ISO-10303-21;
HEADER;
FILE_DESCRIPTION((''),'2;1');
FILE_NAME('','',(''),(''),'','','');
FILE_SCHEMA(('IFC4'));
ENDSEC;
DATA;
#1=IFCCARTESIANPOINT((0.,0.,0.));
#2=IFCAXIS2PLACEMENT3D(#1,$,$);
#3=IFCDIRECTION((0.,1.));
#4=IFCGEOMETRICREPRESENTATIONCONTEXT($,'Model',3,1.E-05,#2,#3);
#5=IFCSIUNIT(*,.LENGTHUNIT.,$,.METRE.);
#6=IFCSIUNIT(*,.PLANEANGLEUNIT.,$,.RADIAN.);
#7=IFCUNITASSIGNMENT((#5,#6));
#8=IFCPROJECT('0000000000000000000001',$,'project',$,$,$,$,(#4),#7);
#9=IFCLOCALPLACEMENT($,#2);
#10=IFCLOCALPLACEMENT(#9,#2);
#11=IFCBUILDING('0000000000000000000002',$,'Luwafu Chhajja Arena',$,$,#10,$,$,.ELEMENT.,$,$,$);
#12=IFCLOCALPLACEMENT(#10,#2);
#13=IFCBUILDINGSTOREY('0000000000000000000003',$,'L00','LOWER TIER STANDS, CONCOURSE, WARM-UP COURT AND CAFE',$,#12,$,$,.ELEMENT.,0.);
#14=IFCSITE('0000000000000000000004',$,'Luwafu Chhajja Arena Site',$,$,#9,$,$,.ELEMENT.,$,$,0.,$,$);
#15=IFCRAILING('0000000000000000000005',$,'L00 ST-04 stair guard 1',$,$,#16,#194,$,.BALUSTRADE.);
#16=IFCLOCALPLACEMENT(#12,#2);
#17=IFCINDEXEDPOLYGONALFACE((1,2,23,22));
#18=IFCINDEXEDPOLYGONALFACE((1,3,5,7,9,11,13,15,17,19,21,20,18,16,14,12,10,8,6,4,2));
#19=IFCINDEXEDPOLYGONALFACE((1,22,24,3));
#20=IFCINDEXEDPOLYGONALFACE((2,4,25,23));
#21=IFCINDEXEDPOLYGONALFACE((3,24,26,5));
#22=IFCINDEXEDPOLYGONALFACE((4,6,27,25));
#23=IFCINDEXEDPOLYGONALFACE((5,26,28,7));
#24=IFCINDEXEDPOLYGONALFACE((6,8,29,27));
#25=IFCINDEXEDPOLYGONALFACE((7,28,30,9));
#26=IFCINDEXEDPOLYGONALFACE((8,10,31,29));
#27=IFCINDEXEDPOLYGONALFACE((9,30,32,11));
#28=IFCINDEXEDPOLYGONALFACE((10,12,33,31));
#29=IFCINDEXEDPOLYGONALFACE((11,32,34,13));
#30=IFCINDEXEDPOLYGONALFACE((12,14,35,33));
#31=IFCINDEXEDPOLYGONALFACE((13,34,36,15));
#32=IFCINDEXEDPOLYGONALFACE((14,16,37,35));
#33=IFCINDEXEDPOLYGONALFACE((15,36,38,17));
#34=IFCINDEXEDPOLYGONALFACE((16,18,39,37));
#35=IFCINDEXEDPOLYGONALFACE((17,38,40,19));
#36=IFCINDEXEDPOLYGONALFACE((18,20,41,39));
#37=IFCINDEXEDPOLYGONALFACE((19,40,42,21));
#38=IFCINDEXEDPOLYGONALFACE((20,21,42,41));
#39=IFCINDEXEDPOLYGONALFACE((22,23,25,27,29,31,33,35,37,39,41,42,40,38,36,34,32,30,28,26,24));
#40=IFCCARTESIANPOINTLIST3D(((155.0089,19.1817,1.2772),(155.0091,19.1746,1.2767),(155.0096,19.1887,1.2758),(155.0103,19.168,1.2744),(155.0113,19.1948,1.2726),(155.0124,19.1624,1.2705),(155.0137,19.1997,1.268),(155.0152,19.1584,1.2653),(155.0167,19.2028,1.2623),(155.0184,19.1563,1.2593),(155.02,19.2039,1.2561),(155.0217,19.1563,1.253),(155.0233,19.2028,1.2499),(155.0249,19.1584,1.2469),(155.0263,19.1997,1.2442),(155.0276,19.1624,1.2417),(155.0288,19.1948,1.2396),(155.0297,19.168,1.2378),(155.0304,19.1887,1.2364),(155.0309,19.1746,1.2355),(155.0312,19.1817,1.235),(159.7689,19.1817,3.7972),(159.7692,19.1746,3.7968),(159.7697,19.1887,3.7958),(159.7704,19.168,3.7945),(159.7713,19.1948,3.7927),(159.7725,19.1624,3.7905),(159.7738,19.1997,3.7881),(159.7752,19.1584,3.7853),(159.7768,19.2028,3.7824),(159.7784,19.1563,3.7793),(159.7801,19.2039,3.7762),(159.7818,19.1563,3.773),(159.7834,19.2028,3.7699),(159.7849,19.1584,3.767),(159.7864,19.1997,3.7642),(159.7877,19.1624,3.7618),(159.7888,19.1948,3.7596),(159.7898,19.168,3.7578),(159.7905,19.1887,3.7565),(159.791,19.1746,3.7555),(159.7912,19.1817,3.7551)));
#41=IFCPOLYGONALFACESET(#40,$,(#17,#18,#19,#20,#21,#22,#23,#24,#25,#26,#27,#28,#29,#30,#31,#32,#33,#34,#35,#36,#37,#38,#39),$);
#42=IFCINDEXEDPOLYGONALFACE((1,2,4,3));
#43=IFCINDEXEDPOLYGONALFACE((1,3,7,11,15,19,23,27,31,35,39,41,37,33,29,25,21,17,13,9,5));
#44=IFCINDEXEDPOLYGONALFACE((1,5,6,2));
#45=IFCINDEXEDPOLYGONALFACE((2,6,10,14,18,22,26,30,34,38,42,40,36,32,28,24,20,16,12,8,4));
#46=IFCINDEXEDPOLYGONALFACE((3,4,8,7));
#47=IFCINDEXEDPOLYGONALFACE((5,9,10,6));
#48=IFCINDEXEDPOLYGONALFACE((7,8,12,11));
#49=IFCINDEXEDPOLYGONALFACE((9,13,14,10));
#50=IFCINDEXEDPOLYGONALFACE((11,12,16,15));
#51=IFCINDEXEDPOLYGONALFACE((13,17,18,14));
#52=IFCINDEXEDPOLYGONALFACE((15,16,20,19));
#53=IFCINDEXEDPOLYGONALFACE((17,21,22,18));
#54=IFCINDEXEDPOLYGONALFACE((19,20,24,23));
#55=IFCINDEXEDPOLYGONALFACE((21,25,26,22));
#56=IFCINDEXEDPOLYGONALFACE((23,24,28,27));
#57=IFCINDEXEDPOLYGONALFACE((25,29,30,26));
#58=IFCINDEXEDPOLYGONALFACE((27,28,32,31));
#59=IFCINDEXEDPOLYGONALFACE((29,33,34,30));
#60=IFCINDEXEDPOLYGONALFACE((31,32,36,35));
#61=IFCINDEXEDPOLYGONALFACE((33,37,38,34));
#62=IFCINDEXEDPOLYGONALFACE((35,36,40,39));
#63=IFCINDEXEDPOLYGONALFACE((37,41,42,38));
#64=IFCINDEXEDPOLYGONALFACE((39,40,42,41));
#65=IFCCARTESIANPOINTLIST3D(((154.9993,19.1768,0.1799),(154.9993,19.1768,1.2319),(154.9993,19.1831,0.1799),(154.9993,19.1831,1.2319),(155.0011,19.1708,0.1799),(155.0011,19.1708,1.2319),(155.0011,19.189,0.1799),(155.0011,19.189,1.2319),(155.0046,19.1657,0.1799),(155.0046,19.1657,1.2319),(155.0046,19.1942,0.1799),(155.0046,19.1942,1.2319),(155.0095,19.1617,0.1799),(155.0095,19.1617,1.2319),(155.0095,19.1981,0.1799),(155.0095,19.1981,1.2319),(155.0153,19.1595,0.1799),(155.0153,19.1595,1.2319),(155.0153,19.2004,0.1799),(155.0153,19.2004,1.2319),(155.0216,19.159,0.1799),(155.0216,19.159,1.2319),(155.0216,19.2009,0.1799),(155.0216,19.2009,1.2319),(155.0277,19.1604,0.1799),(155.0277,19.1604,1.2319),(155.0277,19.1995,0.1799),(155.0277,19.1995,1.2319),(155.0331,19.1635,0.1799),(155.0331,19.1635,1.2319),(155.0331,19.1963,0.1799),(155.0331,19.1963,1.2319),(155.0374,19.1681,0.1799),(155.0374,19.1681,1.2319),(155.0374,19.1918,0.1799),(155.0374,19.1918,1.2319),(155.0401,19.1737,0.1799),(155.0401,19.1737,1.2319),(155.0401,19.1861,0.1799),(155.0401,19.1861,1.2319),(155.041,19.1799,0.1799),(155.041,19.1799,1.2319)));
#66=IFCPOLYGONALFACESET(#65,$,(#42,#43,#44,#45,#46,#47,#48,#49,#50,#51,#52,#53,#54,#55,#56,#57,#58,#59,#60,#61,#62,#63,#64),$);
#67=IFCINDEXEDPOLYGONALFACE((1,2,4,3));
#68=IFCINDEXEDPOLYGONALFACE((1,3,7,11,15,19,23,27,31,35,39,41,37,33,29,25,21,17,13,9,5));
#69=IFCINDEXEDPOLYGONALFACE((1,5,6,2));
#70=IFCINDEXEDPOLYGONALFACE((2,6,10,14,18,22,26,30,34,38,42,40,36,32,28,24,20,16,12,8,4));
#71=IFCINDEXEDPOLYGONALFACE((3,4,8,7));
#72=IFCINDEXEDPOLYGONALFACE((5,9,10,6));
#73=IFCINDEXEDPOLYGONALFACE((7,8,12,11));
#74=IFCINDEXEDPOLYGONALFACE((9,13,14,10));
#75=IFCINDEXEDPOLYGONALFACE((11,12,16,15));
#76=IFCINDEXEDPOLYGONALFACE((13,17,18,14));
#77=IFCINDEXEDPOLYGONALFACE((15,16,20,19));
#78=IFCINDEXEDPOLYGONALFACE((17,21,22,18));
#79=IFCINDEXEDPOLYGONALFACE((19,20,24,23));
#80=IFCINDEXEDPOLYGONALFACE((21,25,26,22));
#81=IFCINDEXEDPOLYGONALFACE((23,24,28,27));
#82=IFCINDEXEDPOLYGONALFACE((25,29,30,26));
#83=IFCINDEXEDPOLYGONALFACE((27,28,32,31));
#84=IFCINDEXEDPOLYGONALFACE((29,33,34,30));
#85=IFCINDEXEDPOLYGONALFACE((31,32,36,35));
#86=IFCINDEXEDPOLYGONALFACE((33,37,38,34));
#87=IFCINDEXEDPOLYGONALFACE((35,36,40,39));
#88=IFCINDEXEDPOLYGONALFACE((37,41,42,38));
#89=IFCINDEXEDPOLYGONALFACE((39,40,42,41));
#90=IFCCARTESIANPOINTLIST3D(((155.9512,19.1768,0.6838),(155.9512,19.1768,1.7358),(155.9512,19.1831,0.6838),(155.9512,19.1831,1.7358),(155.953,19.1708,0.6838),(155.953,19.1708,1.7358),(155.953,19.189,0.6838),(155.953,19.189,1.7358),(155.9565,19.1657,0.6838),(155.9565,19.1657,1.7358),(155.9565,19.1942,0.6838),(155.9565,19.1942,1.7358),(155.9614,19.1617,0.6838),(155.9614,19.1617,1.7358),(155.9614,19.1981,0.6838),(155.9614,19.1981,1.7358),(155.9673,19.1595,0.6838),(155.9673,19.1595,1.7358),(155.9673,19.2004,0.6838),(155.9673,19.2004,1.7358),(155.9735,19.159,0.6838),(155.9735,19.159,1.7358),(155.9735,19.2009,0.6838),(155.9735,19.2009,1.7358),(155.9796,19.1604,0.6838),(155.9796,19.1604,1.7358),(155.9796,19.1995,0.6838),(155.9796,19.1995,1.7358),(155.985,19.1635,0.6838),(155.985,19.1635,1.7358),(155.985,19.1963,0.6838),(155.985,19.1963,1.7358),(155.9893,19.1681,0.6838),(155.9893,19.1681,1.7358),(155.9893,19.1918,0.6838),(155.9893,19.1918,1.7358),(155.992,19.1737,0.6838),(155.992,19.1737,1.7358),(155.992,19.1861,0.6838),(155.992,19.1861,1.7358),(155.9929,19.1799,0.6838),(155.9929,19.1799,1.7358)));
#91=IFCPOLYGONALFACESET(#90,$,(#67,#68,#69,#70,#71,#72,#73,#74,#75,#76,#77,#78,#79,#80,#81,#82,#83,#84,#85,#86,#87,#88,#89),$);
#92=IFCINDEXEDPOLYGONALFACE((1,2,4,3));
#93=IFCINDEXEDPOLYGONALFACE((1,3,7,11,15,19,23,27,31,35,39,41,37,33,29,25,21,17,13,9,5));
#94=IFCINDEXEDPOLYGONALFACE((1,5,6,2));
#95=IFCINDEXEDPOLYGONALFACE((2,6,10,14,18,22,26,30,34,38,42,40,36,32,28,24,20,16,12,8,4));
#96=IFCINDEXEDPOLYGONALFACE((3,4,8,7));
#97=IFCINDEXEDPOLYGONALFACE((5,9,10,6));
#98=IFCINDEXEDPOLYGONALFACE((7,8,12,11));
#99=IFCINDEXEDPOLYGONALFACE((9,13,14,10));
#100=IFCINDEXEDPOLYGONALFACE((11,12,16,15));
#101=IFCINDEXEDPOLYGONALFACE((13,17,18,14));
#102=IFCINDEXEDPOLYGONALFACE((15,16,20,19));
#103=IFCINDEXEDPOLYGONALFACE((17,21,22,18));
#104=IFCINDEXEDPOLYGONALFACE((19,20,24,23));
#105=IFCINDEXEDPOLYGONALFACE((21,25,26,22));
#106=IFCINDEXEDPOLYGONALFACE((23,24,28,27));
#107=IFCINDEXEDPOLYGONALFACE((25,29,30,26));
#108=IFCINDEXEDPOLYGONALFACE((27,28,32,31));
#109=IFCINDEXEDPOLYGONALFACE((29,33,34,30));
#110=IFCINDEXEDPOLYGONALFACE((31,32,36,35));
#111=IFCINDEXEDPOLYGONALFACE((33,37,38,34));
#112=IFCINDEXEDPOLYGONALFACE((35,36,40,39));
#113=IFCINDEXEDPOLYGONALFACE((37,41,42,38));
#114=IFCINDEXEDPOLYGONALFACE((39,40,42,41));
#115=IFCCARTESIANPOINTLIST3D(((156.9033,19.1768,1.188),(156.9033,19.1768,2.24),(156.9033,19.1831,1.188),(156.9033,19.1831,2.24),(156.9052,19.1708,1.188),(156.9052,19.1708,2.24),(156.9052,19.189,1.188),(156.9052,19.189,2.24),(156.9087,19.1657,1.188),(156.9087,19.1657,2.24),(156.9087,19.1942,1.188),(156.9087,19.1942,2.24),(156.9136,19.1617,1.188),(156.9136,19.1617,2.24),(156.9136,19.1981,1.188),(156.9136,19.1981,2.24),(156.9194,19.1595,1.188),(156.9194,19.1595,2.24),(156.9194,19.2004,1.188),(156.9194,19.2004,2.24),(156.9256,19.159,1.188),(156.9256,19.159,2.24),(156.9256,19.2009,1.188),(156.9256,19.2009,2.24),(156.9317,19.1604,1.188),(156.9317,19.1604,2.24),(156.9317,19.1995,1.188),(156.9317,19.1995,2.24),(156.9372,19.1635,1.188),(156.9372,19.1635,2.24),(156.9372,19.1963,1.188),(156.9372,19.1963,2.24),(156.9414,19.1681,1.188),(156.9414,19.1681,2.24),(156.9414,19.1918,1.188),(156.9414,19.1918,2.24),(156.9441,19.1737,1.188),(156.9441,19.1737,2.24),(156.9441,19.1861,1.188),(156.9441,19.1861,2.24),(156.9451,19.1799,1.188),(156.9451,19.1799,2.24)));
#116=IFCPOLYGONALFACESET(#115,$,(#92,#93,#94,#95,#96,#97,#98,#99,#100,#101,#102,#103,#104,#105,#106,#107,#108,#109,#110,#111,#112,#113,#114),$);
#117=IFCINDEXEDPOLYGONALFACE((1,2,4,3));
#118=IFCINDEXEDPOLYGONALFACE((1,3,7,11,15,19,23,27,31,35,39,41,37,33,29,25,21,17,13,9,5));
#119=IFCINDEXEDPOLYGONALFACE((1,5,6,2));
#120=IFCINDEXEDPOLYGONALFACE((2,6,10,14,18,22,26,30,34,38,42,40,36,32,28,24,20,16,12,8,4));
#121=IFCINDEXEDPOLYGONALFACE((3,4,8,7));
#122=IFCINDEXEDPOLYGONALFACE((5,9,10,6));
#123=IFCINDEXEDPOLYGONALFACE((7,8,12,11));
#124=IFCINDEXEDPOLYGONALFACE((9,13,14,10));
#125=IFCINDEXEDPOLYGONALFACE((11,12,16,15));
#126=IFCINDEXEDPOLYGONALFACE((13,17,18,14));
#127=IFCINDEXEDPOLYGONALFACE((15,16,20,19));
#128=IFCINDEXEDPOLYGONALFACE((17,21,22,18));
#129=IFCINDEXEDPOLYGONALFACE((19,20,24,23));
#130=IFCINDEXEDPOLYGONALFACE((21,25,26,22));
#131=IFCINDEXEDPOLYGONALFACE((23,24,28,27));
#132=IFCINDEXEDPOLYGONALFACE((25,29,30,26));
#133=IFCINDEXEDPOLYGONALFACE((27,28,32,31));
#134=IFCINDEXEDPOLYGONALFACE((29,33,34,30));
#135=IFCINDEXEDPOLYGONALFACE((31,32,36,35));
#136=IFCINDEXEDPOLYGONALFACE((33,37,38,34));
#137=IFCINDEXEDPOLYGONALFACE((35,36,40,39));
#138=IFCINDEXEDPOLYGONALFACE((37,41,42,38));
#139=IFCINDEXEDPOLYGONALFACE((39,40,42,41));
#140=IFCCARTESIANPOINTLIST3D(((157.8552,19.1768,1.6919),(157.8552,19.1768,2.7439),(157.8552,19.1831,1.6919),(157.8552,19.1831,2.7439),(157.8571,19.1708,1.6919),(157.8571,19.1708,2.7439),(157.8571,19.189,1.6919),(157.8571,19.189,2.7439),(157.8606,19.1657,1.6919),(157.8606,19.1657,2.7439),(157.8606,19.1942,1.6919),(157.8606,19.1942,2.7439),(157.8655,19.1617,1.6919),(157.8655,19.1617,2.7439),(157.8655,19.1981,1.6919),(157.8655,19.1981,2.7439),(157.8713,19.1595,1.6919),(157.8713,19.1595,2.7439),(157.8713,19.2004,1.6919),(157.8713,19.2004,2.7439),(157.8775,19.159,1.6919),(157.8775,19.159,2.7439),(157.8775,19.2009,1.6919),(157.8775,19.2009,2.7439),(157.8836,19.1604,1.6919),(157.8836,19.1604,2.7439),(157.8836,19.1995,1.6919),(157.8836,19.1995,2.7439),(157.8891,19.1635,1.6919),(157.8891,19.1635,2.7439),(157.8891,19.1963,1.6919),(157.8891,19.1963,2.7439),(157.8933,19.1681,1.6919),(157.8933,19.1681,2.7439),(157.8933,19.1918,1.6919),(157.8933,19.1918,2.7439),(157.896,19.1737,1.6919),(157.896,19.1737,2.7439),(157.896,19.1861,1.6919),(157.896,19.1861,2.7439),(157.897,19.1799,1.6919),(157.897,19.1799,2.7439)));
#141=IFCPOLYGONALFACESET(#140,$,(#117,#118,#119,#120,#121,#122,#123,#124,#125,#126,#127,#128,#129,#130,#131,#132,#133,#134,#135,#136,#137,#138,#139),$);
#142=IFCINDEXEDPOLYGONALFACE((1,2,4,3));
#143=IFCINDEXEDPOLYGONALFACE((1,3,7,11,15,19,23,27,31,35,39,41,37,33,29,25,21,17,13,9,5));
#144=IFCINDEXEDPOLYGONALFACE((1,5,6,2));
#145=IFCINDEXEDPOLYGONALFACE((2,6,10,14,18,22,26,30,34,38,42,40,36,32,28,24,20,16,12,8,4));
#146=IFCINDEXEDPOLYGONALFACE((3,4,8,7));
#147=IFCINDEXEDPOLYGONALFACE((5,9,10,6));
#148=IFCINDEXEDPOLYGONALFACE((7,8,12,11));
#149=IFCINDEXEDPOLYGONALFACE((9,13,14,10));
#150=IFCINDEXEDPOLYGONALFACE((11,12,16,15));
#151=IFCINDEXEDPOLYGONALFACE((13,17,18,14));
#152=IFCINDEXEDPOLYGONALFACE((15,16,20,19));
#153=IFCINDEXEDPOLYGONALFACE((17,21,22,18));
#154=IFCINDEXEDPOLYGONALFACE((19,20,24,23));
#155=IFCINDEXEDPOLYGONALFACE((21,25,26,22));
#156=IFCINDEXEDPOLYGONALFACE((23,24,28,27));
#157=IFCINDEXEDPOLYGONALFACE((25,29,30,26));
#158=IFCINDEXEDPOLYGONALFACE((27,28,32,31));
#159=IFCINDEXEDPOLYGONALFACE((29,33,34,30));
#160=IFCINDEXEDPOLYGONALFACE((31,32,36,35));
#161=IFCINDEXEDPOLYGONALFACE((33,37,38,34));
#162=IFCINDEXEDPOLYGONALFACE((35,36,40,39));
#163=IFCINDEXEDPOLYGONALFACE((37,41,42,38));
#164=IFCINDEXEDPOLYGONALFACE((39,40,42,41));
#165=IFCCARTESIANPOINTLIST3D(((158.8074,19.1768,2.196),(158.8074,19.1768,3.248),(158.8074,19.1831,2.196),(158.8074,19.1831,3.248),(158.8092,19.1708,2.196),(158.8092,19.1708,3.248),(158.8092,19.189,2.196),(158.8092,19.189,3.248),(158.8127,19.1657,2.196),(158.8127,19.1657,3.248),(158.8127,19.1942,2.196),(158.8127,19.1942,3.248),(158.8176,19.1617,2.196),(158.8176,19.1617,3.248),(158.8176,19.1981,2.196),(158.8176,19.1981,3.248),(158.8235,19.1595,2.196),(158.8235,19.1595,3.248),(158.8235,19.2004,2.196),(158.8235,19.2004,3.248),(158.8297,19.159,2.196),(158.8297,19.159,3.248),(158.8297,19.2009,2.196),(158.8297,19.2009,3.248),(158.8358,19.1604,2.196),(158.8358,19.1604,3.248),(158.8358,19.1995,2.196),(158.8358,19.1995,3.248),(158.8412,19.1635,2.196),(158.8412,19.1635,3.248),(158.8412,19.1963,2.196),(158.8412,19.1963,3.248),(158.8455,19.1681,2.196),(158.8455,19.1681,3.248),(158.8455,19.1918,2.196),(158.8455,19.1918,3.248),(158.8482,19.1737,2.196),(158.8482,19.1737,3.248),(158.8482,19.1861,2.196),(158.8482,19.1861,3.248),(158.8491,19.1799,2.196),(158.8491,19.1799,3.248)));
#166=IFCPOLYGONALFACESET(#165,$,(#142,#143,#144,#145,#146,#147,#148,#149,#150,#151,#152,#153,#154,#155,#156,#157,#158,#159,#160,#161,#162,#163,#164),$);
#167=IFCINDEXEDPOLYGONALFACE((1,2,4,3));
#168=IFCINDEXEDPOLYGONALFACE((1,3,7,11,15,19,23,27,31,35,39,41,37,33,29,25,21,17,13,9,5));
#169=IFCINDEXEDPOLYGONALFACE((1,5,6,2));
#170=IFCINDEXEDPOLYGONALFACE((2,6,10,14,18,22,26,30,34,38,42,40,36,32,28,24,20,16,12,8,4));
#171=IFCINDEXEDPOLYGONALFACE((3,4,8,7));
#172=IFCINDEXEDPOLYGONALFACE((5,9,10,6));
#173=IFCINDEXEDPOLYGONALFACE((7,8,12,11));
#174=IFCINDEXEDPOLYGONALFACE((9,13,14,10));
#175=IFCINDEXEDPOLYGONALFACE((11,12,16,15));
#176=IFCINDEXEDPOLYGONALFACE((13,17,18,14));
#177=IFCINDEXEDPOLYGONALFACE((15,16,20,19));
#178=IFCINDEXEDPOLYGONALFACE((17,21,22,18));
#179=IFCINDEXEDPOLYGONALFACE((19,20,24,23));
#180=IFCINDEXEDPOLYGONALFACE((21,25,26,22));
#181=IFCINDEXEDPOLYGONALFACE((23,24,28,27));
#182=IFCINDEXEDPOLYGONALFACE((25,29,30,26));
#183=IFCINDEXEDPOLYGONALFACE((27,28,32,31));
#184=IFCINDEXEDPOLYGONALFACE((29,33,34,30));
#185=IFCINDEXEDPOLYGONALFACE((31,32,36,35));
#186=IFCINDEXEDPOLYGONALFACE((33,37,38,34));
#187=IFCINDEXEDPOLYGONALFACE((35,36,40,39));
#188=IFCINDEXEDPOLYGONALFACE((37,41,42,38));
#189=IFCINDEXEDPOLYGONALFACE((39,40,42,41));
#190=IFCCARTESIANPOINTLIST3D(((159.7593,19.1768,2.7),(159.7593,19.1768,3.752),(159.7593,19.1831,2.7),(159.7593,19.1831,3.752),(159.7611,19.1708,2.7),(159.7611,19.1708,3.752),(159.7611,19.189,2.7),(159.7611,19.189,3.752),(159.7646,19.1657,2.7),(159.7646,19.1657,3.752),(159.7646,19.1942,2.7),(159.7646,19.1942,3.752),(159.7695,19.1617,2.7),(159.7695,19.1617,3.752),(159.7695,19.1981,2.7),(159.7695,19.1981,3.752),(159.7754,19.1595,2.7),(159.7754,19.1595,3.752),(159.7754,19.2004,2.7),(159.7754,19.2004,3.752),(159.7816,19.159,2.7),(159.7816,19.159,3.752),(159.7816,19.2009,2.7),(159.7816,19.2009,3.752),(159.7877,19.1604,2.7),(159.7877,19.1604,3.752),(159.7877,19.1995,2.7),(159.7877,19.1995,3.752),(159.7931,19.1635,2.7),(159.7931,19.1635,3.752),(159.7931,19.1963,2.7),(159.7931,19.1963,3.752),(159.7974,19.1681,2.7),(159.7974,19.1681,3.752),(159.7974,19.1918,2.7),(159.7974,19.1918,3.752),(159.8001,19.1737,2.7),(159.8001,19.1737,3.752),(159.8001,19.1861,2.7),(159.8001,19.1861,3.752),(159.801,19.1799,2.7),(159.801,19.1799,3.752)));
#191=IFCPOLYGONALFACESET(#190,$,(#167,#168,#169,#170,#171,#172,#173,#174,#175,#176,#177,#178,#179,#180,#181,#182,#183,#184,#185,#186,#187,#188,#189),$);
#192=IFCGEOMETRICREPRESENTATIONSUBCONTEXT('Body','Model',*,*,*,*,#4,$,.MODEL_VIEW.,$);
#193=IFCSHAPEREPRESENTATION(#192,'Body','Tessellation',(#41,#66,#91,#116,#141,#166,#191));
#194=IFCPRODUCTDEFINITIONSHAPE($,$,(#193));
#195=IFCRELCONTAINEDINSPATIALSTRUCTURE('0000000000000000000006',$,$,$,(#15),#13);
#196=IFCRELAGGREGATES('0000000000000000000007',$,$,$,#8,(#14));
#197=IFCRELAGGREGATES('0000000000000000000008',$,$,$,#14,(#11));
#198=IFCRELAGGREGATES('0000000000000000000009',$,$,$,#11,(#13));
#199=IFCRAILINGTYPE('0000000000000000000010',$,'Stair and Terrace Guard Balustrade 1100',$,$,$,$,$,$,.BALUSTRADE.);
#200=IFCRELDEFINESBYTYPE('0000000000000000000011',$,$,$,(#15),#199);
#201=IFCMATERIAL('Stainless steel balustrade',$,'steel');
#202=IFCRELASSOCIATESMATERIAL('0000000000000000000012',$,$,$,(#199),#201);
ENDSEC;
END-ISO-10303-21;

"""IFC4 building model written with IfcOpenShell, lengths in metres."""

from ifc_helpers import new_model, si_unit, direction, frame, origin, origin_2d, place, context, subcontext, project, spatial, circle, extrude, material, type_object, element, save


model = new_model("IFC4")

# Units and contexts
model_context = context("Model", 3, precision=1e-05, world=origin(), true_north=direction((0.0, 1.0)))
body_context = subcontext(model_context, "Body", "Model", "MODEL_VIEW")
ifc_project = project(units=[si_unit("LENGTHUNIT", "METRE"), si_unit("PLANEANGLEUNIT", "RADIAN")], contexts=[model_context])

# Site, building, storey
site_placement = place(None, origin())
site = spatial("IfcSite", under=ifc_project, at=site_placement, Name="Luwafu Chhajja Arena Site", CompositionType="ELEMENT", RefElevation=0.0)
building_placement = place(site_placement, origin())
building = spatial("IfcBuilding", under=site, at=building_placement, Name="Luwafu Chhajja Arena", CompositionType="ELEMENT")
storey_placement = place(building_placement, origin())
storey = spatial("IfcBuildingStorey", under=building, at=storey_placement, Name="L00", Description="LOWER TIER STANDS, CONCOURSE, WARM-UP COURT AND CAFE", CompositionType="ELEMENT", Elevation=0.0)

# Railing
ifc_material_1 = material(Name="Stainless steel balustrade", Category="steel")
railing_type_1 = type_object("IfcRailingType", Name="Stair and Terrace Guard Balustrade 1100", PredefinedType="BALUSTRADE", material=ifc_material_1)
railing_1_placement = place(storey_placement, frame((155.02, 19.1799, 0.1799)))
element("IfcRailing", 1, at=railing_1_placement, inside=storey, type_object=railing_type_1, Name="L00 ST-04 stair guard 1", PredefinedType="BALUSTRADE", context=body_context, shape_type="SweptSolid", body=[
    extrude(circle(Radius=0.0239, at=origin_2d()), frame((0.0, 0.0, 1.0762), z_axis=(0.883787, 0.0, 0.46789), x_axis=(0.0, 1.0, 0.0)), (0.0, 0.0, 1.0), 5.386),
    extrude(circle(Radius=0.021, at=origin_2d()), origin(), (0.0, 0.0, 1.0), 1.052),
    extrude(circle(Radius=0.021, at=origin_2d()), frame((0.9519, 0.0, 0.5039)), (0.0, 0.0, 1.0), 1.052),
    extrude(circle(Radius=0.021, at=origin_2d()), frame((1.9041, 0.0, 1.0081)), (0.0, 0.0, 1.0), 1.052),
    extrude(circle(Radius=0.021, at=origin_2d()), frame((2.856, 0.0, 1.512)), (0.0, 0.0, 1.0), 1.052),
    extrude(circle(Radius=0.021, at=origin_2d()), frame((3.8081, 0.0, 2.0161)), (0.0, 0.0, 1.0), 1.052),
    extrude(circle(Radius=0.021, at=origin_2d()), frame((4.76, 0.0, 2.52)), (0.0, 0.0, 1.0), 1.052),
])

save(model, "model.ifc")
